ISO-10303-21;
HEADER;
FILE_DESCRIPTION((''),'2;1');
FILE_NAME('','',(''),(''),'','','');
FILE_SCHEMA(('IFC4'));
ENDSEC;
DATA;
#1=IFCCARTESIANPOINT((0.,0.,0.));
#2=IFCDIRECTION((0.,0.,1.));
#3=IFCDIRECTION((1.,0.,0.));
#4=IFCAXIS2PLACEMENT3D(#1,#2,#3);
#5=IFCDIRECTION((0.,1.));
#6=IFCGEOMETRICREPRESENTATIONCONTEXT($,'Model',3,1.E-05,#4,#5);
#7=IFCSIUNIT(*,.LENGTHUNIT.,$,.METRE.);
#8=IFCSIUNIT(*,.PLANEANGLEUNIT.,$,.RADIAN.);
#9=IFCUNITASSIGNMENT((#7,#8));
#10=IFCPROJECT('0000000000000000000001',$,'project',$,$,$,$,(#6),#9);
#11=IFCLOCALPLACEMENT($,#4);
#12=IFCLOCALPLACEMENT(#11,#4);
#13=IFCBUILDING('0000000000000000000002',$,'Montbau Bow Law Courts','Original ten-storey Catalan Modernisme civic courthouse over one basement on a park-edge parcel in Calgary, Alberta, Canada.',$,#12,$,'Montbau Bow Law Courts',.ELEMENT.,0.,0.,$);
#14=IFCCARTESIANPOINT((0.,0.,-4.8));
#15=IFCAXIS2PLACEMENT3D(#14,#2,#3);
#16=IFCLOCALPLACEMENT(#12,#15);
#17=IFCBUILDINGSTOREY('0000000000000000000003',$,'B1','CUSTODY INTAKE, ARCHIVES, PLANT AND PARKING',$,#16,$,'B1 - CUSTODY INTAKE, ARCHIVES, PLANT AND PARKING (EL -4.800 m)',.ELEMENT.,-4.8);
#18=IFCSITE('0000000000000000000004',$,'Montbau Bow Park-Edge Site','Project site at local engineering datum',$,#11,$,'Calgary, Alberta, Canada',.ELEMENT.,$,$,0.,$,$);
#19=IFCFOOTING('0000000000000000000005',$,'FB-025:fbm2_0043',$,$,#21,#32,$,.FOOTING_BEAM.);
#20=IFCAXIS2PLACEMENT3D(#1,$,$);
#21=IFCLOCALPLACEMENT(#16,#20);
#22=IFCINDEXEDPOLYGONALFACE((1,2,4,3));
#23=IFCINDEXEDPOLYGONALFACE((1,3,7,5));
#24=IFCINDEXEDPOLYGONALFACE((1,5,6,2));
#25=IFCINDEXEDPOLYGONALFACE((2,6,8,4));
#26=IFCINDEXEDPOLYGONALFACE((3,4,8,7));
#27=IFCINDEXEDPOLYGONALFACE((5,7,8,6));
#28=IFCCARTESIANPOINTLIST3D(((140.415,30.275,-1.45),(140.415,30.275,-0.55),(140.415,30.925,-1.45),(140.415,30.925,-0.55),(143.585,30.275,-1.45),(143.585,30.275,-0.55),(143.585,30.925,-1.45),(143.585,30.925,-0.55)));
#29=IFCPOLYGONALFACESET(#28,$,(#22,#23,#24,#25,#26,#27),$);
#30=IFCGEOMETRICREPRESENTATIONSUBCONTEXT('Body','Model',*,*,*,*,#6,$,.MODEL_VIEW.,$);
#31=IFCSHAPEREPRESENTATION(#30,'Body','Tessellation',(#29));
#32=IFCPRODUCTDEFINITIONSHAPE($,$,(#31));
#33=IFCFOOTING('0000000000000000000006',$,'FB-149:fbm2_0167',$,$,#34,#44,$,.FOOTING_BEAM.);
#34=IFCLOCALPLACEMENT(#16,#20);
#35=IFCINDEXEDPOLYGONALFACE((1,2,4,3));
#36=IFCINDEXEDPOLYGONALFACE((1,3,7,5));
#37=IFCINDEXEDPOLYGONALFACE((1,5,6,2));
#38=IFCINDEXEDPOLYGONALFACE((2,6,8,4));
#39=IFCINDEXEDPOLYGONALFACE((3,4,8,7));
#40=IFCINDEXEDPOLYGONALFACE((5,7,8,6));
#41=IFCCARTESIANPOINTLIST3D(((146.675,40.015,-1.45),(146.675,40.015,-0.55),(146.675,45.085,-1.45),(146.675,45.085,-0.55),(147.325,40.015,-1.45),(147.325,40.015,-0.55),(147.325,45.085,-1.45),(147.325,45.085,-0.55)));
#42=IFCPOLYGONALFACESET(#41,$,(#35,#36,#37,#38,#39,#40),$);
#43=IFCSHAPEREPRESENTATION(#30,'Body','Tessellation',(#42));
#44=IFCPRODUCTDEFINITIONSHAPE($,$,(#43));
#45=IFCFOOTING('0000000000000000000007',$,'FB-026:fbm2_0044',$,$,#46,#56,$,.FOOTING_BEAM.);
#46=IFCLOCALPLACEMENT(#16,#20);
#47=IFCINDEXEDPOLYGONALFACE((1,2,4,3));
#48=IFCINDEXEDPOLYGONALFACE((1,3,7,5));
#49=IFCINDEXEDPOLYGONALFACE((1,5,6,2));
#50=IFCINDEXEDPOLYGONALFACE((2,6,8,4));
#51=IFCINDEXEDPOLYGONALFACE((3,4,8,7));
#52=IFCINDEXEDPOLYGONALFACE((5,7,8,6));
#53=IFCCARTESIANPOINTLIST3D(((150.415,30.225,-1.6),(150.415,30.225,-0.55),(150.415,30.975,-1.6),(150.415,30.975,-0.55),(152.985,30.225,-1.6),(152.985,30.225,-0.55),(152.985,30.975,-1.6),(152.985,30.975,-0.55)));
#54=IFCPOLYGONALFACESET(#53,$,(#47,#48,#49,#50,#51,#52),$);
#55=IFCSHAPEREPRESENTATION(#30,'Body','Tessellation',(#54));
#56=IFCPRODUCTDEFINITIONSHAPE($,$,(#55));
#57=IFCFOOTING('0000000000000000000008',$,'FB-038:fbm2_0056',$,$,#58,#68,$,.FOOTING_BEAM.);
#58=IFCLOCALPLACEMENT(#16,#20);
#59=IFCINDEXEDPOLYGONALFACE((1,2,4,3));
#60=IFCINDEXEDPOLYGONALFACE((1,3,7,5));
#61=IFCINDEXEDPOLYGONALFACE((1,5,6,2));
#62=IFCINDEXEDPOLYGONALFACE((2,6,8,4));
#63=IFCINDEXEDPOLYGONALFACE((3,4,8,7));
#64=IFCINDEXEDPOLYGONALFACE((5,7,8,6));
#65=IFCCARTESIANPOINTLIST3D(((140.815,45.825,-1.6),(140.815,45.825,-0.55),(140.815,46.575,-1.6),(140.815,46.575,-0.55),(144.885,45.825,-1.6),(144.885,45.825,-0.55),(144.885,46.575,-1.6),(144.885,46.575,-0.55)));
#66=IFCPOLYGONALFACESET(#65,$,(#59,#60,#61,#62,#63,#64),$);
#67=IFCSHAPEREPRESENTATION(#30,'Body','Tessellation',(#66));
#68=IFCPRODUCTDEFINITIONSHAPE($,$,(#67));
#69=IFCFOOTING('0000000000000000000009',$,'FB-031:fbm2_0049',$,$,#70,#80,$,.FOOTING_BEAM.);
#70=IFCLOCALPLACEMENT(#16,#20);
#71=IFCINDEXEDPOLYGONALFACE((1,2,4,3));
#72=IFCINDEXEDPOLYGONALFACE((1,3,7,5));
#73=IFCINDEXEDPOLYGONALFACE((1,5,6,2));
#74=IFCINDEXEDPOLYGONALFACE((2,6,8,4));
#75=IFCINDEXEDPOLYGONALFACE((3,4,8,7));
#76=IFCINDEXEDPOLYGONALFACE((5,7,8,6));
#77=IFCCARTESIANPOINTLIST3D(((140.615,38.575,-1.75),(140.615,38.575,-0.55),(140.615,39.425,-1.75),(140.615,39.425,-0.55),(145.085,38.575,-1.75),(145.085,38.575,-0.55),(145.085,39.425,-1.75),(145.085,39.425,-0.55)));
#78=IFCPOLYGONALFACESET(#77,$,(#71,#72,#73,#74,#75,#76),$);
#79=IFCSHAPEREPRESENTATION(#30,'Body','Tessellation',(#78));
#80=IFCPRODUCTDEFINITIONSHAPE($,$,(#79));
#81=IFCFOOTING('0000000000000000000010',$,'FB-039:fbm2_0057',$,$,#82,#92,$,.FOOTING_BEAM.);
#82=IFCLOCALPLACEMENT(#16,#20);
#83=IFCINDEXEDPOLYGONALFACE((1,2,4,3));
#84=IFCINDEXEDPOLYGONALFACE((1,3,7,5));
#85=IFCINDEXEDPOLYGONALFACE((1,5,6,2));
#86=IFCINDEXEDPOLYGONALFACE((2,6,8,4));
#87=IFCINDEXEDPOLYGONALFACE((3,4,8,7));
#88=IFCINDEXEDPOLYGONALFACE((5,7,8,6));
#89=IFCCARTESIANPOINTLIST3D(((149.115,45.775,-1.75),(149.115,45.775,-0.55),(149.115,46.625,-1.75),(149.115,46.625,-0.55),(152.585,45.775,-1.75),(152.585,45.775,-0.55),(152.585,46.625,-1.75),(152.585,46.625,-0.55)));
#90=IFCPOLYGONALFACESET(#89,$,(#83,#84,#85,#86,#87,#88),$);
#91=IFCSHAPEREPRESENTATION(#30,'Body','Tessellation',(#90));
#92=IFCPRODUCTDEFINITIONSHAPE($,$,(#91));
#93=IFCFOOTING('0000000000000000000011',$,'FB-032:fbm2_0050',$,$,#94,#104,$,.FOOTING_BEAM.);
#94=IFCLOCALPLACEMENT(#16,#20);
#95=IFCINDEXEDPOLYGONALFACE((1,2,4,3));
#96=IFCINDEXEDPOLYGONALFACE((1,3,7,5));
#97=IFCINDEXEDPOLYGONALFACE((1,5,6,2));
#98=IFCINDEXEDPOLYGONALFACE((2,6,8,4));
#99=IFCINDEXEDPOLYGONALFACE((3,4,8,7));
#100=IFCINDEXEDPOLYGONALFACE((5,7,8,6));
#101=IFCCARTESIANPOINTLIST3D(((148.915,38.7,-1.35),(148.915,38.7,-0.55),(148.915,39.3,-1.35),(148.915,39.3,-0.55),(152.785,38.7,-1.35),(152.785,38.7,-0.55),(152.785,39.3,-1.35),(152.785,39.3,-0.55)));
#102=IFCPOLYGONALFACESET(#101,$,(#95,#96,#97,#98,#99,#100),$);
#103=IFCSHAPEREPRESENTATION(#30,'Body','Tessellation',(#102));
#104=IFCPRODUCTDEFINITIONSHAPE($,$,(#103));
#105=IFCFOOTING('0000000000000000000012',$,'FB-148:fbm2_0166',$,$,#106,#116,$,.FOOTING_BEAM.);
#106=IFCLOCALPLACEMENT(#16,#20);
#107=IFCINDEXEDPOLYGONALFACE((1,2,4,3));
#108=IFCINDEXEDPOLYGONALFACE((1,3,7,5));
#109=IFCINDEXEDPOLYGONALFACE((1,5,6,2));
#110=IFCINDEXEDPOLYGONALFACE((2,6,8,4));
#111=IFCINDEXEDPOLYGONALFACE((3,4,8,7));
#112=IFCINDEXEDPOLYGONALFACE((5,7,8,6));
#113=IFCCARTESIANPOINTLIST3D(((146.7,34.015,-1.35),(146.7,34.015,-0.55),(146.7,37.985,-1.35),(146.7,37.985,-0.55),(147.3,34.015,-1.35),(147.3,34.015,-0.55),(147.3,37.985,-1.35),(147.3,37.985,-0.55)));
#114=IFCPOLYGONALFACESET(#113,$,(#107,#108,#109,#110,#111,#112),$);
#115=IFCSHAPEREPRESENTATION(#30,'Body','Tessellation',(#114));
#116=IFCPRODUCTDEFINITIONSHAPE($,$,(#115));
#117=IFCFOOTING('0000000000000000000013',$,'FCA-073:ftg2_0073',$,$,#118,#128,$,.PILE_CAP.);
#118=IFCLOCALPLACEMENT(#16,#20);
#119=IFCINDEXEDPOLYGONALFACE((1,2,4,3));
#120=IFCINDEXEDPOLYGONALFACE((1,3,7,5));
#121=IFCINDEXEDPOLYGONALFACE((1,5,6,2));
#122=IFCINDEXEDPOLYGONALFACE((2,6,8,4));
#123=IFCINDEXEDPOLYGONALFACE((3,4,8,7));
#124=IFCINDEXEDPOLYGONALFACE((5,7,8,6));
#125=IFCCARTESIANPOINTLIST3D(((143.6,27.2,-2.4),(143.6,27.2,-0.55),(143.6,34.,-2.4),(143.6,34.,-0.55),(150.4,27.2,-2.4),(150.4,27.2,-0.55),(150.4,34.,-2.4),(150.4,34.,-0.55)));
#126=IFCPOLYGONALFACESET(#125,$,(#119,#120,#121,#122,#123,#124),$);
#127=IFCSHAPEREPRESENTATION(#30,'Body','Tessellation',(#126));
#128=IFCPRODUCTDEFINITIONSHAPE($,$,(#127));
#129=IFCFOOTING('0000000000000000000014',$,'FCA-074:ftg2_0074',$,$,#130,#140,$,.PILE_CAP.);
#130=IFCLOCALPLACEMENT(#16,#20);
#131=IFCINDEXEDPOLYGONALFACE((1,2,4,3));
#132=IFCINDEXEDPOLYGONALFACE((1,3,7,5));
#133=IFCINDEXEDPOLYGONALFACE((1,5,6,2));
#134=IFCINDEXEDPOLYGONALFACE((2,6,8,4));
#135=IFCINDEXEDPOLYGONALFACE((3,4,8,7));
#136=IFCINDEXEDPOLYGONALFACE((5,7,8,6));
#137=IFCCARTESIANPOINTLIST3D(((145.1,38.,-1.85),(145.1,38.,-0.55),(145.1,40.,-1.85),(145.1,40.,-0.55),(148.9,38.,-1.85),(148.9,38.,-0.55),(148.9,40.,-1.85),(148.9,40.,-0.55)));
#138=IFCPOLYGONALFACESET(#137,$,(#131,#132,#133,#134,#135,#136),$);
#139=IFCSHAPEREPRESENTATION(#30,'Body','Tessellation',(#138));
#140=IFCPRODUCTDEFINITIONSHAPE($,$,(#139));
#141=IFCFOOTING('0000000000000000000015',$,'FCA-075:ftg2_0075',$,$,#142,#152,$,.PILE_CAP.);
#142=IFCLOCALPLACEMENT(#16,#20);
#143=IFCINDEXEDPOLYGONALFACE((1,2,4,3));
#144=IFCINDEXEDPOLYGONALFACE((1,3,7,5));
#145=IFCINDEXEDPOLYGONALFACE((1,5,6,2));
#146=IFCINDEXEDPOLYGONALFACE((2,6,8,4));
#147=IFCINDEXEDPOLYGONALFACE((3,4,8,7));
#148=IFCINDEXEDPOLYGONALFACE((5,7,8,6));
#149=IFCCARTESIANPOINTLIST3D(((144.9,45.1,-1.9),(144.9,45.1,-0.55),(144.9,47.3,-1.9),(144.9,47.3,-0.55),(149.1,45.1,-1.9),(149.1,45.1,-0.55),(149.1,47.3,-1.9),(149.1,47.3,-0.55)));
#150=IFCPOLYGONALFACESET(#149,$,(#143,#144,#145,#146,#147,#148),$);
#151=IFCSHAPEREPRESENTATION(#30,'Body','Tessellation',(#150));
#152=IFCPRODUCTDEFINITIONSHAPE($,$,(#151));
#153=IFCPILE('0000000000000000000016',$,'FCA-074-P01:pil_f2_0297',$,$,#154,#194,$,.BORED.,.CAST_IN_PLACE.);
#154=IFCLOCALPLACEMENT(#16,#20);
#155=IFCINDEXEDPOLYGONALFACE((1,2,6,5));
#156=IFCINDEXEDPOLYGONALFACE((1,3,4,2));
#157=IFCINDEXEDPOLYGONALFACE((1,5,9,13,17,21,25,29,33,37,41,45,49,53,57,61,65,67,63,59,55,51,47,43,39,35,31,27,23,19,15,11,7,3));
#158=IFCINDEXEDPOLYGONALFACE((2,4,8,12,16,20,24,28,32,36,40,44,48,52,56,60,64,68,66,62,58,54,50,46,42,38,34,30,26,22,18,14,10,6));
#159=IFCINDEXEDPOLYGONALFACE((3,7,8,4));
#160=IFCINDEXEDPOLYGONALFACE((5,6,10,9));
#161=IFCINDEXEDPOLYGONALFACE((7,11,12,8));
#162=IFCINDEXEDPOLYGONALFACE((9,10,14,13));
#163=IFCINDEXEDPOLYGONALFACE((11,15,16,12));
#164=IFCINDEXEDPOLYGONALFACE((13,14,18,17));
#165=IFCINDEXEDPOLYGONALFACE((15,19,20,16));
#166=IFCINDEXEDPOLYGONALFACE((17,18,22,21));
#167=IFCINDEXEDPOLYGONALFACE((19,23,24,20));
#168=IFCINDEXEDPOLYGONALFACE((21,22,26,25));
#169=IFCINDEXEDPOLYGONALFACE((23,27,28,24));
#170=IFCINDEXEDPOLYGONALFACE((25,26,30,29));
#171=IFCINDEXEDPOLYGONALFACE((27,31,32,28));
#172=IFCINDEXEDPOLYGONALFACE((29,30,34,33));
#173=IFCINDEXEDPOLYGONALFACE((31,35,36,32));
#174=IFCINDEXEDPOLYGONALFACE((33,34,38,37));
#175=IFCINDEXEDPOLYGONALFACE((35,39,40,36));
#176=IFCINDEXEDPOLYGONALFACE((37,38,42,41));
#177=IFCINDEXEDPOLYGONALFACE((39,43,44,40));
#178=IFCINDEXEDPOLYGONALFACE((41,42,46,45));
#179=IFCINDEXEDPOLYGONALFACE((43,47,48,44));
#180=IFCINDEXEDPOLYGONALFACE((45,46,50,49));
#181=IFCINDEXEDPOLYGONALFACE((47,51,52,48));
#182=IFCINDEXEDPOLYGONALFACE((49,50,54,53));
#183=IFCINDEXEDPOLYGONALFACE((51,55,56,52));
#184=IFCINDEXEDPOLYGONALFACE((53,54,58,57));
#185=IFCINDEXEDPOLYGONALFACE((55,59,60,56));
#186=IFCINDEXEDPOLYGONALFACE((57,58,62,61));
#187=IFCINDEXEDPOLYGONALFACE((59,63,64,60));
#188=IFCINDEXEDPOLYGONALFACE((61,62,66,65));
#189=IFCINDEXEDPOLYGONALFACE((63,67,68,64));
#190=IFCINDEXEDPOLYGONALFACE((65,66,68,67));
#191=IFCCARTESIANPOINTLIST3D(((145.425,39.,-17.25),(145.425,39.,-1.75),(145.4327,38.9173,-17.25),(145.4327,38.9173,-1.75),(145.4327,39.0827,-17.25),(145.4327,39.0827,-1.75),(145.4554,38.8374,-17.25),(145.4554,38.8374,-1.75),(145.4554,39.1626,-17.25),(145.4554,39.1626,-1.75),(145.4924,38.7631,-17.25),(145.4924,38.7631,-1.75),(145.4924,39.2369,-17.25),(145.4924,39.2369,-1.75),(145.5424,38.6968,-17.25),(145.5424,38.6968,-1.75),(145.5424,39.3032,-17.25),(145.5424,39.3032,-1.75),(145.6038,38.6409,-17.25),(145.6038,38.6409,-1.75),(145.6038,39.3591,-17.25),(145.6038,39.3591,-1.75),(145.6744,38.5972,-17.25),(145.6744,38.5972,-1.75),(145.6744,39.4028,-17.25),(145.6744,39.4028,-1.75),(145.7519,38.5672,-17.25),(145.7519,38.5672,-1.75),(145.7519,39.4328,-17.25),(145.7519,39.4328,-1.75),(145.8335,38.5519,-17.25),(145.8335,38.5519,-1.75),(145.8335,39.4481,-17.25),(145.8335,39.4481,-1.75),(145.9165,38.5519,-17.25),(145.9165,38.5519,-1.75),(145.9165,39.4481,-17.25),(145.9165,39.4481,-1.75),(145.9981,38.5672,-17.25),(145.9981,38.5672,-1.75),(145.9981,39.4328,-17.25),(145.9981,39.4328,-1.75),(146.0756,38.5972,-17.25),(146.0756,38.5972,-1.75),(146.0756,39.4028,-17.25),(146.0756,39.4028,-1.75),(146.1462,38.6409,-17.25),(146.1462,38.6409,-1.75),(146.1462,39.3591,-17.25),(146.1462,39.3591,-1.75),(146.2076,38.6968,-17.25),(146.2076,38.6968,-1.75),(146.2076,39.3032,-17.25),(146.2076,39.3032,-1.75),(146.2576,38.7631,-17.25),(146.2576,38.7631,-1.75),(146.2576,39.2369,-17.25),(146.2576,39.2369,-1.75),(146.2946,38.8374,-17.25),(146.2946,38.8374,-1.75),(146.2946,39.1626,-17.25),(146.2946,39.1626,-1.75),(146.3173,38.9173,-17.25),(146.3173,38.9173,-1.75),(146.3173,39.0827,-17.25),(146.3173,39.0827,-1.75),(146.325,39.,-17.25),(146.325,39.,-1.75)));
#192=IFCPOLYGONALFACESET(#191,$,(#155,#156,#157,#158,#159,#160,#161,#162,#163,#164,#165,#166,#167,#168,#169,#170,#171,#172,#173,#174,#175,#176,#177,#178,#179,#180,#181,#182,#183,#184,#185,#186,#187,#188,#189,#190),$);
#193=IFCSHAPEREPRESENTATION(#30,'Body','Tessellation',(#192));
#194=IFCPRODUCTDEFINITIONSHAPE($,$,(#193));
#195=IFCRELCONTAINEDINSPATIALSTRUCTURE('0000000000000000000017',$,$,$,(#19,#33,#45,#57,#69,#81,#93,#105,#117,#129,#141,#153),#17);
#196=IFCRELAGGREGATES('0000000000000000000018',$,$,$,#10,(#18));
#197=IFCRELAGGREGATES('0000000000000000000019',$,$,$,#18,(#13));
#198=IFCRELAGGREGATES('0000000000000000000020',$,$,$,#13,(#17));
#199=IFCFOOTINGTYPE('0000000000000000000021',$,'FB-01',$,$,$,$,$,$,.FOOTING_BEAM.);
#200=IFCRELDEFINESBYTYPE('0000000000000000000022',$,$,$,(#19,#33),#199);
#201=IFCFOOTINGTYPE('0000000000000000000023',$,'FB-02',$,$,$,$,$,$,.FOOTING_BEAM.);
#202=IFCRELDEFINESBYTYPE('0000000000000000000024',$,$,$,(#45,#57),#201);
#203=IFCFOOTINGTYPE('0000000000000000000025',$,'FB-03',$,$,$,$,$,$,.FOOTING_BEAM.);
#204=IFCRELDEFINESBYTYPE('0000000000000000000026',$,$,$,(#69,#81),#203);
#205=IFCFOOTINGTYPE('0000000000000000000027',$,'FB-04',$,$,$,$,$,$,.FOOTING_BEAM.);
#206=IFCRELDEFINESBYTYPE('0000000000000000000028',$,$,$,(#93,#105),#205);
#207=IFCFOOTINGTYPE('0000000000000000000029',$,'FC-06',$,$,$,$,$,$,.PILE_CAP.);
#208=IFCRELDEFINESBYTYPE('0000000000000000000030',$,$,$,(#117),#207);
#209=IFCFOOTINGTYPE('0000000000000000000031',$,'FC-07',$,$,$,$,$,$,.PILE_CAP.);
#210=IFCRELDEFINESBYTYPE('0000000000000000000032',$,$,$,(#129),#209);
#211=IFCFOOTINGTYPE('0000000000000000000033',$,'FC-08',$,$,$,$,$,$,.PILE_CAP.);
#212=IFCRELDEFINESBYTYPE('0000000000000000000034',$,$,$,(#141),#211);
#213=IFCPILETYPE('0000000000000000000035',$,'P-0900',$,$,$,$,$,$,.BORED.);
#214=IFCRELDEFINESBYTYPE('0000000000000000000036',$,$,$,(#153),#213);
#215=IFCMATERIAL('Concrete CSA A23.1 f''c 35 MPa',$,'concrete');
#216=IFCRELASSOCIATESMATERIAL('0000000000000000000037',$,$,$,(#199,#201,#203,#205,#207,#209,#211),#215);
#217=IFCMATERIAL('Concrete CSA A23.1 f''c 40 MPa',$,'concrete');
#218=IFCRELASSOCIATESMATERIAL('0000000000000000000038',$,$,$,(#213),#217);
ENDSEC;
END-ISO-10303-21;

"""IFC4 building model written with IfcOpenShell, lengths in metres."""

from ifc_helpers import new_model, si_unit, direction, frame, origin_with_axes, origin_2d_with_axis, place, context, subcontext, project, spatial, rectangle, circle, extrude, material, material_profile, profile_set, type_object, element, save


model = new_model("IFC4")

# Units and contexts
model_context = context("Model", 3, precision=1e-05, world=origin_with_axes(), true_north=direction((0.0, 1.0)))
body_context = subcontext(model_context, "Body", "Model", "MODEL_VIEW")
ifc_project = project(units=[si_unit("LENGTHUNIT", "METRE"), si_unit("PLANEANGLEUNIT", "RADIAN")], contexts=[model_context])

# Site, building, storey
site_placement = place(None, origin_with_axes())
site = spatial("IfcSite", under=ifc_project, at=site_placement, Name="Montbau Bow Park-Edge Site", Description="Project site at local engineering datum", LongName="Calgary, Alberta, Canada", CompositionType="ELEMENT", RefElevation=0.0)
building_placement = place(site_placement, origin_with_axes())
building = spatial("IfcBuilding", under=site, at=building_placement, Name="Montbau Bow Law Courts", Description="Original ten-storey Catalan Modernisme civic courthouse over one basement on a park-edge parcel in Calgary, Alberta, Canada.", LongName="Montbau Bow Law Courts", CompositionType="ELEMENT", ElevationOfRefHeight=0.0, ElevationOfTerrain=0.0)
storey_placement = place(building_placement, frame((0.0, 0.0, -4.8), z_axis=(0.0, 0.0, 1.0), x_axis=(1.0, 0.0, 0.0)))
storey = spatial("IfcBuildingStorey", under=building, at=storey_placement, Name="B1", Description="CUSTODY INTAKE, ARCHIVES, PLANT AND PARKING", LongName="B1 - CUSTODY INTAKE, ARCHIVES, PLANT AND PARKING (EL -4.800 m)", CompositionType="ELEMENT", Elevation=-4.8)

# Footings
ifc_material_1 = material(Name="Concrete CSA A23.1 f'c 35 MPa", Category="concrete")
footing_type_1 = type_object("IfcFootingType", Name="FB-01", PredefinedType="FOOTING_BEAM", material=ifc_material_1)
footing_1_placement = place(None, frame((142.0, 30.6, -6.25), z_axis=(0.0, 0.0, 1.0), x_axis=(1.0, 0.0, 0.0)))
element("IfcFooting", 1, at=footing_1_placement, inside=storey, type_object=footing_type_1, Name="FB-025:fbm2_0043", PredefinedType="FOOTING_BEAM", context=body_context, shape_type="SweptSolid", body=[
    extrude(rectangle(XDim=3.17, YDim=0.65, at=origin_2d_with_axis()), origin_with_axes(), (0.0, 0.0, 1.0), 0.9),
])
footing_2_placement = place(None, frame((147.0, 42.55, -6.25), z_axis=(0.0, 0.0, 1.0), x_axis=(0.0, 1.0, 0.0)))
element("IfcFooting", 2, at=footing_2_placement, inside=storey, type_object=footing_type_1, Name="FB-149:fbm2_0167", PredefinedType="FOOTING_BEAM", context=body_context, shape_type="SweptSolid", body=[
    extrude(rectangle(XDim=5.07, YDim=0.65, at=origin_2d_with_axis()), origin_with_axes(), (0.0, 0.0, 1.0), 0.9),
])
footing_type_2 = type_object("IfcFootingType", Name="FB-02", PredefinedType="FOOTING_BEAM", material=ifc_material_1)
footing_3_placement = place(None, frame((151.7, 30.6, -6.4), z_axis=(0.0, 0.0, 1.0), x_axis=(1.0, 0.0, 0.0)))
element("IfcFooting", 3, at=footing_3_placement, inside=storey, type_object=footing_type_2, Name="FB-026:fbm2_0044", PredefinedType="FOOTING_BEAM", context=body_context, shape_type="SweptSolid", body=[
    extrude(rectangle(XDim=2.57, YDim=0.75, at=origin_2d_with_axis()), origin_with_axes(), (0.0, 0.0, 1.0), 1.05),
])
footing_4_placement = place(None, frame((142.85, 46.2, -6.4), z_axis=(0.0, 0.0, 1.0), x_axis=(1.0, 0.0, 0.0)))
element("IfcFooting", 4, at=footing_4_placement, inside=storey, type_object=footing_type_2, Name="FB-038:fbm2_0056", PredefinedType="FOOTING_BEAM", context=body_context, shape_type="SweptSolid", body=[
    extrude(rectangle(XDim=4.07, YDim=0.75, at=origin_2d_with_axis()), origin_with_axes(), (0.0, 0.0, 1.0), 1.05),
])
footing_type_3 = type_object("IfcFootingType", Name="FB-03", PredefinedType="FOOTING_BEAM", material=ifc_material_1)
footing_5_placement = place(None, frame((142.85, 39.0, -6.55), z_axis=(0.0, 0.0, 1.0), x_axis=(1.0, 0.0, 0.0)))
element("IfcFooting", 5, at=footing_5_placement, inside=storey, type_object=footing_type_3, Name="FB-031:fbm2_0049", PredefinedType="FOOTING_BEAM", context=body_context, shape_type="SweptSolid", body=[
    extrude(rectangle(XDim=4.47, YDim=0.85, at=origin_2d_with_axis()), origin_with_axes(), (0.0, 0.0, 1.0), 1.2),
])
footing_6_placement = place(None, frame((150.85, 46.2, -6.55), z_axis=(0.0, 0.0, 1.0), x_axis=(1.0, 0.0, 0.0)))
element("IfcFooting", 6, at=footing_6_placement, inside=storey, type_object=footing_type_3, Name="FB-039:fbm2_0057", PredefinedType="FOOTING_BEAM", context=body_context, shape_type="SweptSolid", body=[
    extrude(rectangle(XDim=3.47, YDim=0.85, at=origin_2d_with_axis()), origin_with_axes(), (0.0, 0.0, 1.0), 1.2),
])
footing_type_4 = type_object("IfcFootingType", Name="FB-04", PredefinedType="FOOTING_BEAM", material=ifc_material_1)
footing_7_placement = place(None, frame((150.85, 39.0, -6.15), z_axis=(0.0, 0.0, 1.0), x_axis=(1.0, 0.0, 0.0)))
element("IfcFooting", 7, at=footing_7_placement, inside=storey, type_object=footing_type_4, Name="FB-032:fbm2_0050", PredefinedType="FOOTING_BEAM", context=body_context, shape_type="SweptSolid", body=[
    extrude(rectangle(XDim=3.87, YDim=0.6, at=origin_2d_with_axis()), origin_with_axes(), (0.0, 0.0, 1.0), 0.8),
])
footing_8_placement = place(None, frame((147.0, 36.0, -6.15), z_axis=(0.0, 0.0, 1.0), x_axis=(0.0, 1.0, 0.0)))
element("IfcFooting", 8, at=footing_8_placement, inside=storey, type_object=footing_type_4, Name="FB-148:fbm2_0166", PredefinedType="FOOTING_BEAM", context=body_context, shape_type="SweptSolid", body=[
    extrude(rectangle(XDim=3.97, YDim=0.6, at=origin_2d_with_axis()), origin_with_axes(), (0.0, 0.0, 1.0), 0.8),
])
footing_type_5 = type_object("IfcFootingType", Name="FC-06", PredefinedType="PILE_CAP", material=ifc_material_1)
footing_9_placement = place(None, frame((147.0, 30.6, -7.2), z_axis=(0.0, 0.0, 1.0), x_axis=(1.0, 0.0, 0.0)))
element("IfcFooting", 9, at=footing_9_placement, inside=storey, type_object=footing_type_5, Name="FCA-073:ftg2_0073", PredefinedType="PILE_CAP", context=body_context, shape_type="SweptSolid", body=[
    extrude(rectangle(XDim=6.8, YDim=6.8, at=origin_2d_with_axis()), origin_with_axes(), (0.0, 0.0, 1.0), 1.85),
])
footing_type_6 = type_object("IfcFootingType", Name="FC-07", PredefinedType="PILE_CAP", material=ifc_material_1)
footing_10_placement = place(None, frame((147.0, 39.0, -6.65), z_axis=(0.0, 0.0, 1.0), x_axis=(1.0, 0.0, 0.0)))
element("IfcFooting", 10, at=footing_10_placement, inside=storey, type_object=footing_type_6, Name="FCA-074:ftg2_0074", PredefinedType="PILE_CAP", context=body_context, shape_type="SweptSolid", body=[
    extrude(rectangle(XDim=3.8, YDim=2.0, at=origin_2d_with_axis()), origin_with_axes(), (0.0, 0.0, 1.0), 1.3),
])
footing_type_7 = type_object("IfcFootingType", Name="FC-08", PredefinedType="PILE_CAP", material=ifc_material_1)
footing_11_placement = place(None, frame((147.0, 46.2, -6.7), z_axis=(0.0, 0.0, 1.0), x_axis=(1.0, 0.0, 0.0)))
element("IfcFooting", 11, at=footing_11_placement, inside=storey, type_object=footing_type_7, Name="FCA-075:ftg2_0075", PredefinedType="PILE_CAP", context=body_context, shape_type="SweptSolid", body=[
    extrude(rectangle(XDim=4.2, YDim=2.2, at=origin_2d_with_axis()), origin_with_axes(), (0.0, 0.0, 1.0), 1.35),
])

# Pile
ifc_material_2 = material(Name="Concrete CSA A23.1 f'c 40 MPa", Category="concrete")
ifc_material_profile_1 = material_profile(ifc_material_2, circle(Radius=0.45, at=origin_2d_with_axis()), Name="BP900", Category="Main", Priority=0)
ifc_profile_set_1 = profile_set([ifc_material_profile_1], Name="Concrete CSA A23.1 f'c 40 MPa")
pile_type_1 = type_object("IfcPileType", Name="P-0900", PredefinedType="BORED", material=ifc_profile_set_1)
for number, where, z_axis, x_axis, name in (
    (12, (145.875, 39.0, -22.05), (0.0, 0.0, 1.0), (1.0, 0.0, 0.0), "FCA-074-P01:pil_f2_0297"),
):
    element("IfcPile", number, at=place(None, frame(where, z_axis=z_axis, x_axis=x_axis)), inside=storey, type_object=pile_type_1, Name=name, ConstructionType="CAST_IN_PLACE", PredefinedType="BORED", context=body_context, shape_type="SweptSolid", body=[
        extrude(circle(Radius=0.45, at=origin_2d_with_axis()), origin_with_axes(), (0.0, 0.0, 1.0), 15.5),
    ])

save(model, "model.ifc")
